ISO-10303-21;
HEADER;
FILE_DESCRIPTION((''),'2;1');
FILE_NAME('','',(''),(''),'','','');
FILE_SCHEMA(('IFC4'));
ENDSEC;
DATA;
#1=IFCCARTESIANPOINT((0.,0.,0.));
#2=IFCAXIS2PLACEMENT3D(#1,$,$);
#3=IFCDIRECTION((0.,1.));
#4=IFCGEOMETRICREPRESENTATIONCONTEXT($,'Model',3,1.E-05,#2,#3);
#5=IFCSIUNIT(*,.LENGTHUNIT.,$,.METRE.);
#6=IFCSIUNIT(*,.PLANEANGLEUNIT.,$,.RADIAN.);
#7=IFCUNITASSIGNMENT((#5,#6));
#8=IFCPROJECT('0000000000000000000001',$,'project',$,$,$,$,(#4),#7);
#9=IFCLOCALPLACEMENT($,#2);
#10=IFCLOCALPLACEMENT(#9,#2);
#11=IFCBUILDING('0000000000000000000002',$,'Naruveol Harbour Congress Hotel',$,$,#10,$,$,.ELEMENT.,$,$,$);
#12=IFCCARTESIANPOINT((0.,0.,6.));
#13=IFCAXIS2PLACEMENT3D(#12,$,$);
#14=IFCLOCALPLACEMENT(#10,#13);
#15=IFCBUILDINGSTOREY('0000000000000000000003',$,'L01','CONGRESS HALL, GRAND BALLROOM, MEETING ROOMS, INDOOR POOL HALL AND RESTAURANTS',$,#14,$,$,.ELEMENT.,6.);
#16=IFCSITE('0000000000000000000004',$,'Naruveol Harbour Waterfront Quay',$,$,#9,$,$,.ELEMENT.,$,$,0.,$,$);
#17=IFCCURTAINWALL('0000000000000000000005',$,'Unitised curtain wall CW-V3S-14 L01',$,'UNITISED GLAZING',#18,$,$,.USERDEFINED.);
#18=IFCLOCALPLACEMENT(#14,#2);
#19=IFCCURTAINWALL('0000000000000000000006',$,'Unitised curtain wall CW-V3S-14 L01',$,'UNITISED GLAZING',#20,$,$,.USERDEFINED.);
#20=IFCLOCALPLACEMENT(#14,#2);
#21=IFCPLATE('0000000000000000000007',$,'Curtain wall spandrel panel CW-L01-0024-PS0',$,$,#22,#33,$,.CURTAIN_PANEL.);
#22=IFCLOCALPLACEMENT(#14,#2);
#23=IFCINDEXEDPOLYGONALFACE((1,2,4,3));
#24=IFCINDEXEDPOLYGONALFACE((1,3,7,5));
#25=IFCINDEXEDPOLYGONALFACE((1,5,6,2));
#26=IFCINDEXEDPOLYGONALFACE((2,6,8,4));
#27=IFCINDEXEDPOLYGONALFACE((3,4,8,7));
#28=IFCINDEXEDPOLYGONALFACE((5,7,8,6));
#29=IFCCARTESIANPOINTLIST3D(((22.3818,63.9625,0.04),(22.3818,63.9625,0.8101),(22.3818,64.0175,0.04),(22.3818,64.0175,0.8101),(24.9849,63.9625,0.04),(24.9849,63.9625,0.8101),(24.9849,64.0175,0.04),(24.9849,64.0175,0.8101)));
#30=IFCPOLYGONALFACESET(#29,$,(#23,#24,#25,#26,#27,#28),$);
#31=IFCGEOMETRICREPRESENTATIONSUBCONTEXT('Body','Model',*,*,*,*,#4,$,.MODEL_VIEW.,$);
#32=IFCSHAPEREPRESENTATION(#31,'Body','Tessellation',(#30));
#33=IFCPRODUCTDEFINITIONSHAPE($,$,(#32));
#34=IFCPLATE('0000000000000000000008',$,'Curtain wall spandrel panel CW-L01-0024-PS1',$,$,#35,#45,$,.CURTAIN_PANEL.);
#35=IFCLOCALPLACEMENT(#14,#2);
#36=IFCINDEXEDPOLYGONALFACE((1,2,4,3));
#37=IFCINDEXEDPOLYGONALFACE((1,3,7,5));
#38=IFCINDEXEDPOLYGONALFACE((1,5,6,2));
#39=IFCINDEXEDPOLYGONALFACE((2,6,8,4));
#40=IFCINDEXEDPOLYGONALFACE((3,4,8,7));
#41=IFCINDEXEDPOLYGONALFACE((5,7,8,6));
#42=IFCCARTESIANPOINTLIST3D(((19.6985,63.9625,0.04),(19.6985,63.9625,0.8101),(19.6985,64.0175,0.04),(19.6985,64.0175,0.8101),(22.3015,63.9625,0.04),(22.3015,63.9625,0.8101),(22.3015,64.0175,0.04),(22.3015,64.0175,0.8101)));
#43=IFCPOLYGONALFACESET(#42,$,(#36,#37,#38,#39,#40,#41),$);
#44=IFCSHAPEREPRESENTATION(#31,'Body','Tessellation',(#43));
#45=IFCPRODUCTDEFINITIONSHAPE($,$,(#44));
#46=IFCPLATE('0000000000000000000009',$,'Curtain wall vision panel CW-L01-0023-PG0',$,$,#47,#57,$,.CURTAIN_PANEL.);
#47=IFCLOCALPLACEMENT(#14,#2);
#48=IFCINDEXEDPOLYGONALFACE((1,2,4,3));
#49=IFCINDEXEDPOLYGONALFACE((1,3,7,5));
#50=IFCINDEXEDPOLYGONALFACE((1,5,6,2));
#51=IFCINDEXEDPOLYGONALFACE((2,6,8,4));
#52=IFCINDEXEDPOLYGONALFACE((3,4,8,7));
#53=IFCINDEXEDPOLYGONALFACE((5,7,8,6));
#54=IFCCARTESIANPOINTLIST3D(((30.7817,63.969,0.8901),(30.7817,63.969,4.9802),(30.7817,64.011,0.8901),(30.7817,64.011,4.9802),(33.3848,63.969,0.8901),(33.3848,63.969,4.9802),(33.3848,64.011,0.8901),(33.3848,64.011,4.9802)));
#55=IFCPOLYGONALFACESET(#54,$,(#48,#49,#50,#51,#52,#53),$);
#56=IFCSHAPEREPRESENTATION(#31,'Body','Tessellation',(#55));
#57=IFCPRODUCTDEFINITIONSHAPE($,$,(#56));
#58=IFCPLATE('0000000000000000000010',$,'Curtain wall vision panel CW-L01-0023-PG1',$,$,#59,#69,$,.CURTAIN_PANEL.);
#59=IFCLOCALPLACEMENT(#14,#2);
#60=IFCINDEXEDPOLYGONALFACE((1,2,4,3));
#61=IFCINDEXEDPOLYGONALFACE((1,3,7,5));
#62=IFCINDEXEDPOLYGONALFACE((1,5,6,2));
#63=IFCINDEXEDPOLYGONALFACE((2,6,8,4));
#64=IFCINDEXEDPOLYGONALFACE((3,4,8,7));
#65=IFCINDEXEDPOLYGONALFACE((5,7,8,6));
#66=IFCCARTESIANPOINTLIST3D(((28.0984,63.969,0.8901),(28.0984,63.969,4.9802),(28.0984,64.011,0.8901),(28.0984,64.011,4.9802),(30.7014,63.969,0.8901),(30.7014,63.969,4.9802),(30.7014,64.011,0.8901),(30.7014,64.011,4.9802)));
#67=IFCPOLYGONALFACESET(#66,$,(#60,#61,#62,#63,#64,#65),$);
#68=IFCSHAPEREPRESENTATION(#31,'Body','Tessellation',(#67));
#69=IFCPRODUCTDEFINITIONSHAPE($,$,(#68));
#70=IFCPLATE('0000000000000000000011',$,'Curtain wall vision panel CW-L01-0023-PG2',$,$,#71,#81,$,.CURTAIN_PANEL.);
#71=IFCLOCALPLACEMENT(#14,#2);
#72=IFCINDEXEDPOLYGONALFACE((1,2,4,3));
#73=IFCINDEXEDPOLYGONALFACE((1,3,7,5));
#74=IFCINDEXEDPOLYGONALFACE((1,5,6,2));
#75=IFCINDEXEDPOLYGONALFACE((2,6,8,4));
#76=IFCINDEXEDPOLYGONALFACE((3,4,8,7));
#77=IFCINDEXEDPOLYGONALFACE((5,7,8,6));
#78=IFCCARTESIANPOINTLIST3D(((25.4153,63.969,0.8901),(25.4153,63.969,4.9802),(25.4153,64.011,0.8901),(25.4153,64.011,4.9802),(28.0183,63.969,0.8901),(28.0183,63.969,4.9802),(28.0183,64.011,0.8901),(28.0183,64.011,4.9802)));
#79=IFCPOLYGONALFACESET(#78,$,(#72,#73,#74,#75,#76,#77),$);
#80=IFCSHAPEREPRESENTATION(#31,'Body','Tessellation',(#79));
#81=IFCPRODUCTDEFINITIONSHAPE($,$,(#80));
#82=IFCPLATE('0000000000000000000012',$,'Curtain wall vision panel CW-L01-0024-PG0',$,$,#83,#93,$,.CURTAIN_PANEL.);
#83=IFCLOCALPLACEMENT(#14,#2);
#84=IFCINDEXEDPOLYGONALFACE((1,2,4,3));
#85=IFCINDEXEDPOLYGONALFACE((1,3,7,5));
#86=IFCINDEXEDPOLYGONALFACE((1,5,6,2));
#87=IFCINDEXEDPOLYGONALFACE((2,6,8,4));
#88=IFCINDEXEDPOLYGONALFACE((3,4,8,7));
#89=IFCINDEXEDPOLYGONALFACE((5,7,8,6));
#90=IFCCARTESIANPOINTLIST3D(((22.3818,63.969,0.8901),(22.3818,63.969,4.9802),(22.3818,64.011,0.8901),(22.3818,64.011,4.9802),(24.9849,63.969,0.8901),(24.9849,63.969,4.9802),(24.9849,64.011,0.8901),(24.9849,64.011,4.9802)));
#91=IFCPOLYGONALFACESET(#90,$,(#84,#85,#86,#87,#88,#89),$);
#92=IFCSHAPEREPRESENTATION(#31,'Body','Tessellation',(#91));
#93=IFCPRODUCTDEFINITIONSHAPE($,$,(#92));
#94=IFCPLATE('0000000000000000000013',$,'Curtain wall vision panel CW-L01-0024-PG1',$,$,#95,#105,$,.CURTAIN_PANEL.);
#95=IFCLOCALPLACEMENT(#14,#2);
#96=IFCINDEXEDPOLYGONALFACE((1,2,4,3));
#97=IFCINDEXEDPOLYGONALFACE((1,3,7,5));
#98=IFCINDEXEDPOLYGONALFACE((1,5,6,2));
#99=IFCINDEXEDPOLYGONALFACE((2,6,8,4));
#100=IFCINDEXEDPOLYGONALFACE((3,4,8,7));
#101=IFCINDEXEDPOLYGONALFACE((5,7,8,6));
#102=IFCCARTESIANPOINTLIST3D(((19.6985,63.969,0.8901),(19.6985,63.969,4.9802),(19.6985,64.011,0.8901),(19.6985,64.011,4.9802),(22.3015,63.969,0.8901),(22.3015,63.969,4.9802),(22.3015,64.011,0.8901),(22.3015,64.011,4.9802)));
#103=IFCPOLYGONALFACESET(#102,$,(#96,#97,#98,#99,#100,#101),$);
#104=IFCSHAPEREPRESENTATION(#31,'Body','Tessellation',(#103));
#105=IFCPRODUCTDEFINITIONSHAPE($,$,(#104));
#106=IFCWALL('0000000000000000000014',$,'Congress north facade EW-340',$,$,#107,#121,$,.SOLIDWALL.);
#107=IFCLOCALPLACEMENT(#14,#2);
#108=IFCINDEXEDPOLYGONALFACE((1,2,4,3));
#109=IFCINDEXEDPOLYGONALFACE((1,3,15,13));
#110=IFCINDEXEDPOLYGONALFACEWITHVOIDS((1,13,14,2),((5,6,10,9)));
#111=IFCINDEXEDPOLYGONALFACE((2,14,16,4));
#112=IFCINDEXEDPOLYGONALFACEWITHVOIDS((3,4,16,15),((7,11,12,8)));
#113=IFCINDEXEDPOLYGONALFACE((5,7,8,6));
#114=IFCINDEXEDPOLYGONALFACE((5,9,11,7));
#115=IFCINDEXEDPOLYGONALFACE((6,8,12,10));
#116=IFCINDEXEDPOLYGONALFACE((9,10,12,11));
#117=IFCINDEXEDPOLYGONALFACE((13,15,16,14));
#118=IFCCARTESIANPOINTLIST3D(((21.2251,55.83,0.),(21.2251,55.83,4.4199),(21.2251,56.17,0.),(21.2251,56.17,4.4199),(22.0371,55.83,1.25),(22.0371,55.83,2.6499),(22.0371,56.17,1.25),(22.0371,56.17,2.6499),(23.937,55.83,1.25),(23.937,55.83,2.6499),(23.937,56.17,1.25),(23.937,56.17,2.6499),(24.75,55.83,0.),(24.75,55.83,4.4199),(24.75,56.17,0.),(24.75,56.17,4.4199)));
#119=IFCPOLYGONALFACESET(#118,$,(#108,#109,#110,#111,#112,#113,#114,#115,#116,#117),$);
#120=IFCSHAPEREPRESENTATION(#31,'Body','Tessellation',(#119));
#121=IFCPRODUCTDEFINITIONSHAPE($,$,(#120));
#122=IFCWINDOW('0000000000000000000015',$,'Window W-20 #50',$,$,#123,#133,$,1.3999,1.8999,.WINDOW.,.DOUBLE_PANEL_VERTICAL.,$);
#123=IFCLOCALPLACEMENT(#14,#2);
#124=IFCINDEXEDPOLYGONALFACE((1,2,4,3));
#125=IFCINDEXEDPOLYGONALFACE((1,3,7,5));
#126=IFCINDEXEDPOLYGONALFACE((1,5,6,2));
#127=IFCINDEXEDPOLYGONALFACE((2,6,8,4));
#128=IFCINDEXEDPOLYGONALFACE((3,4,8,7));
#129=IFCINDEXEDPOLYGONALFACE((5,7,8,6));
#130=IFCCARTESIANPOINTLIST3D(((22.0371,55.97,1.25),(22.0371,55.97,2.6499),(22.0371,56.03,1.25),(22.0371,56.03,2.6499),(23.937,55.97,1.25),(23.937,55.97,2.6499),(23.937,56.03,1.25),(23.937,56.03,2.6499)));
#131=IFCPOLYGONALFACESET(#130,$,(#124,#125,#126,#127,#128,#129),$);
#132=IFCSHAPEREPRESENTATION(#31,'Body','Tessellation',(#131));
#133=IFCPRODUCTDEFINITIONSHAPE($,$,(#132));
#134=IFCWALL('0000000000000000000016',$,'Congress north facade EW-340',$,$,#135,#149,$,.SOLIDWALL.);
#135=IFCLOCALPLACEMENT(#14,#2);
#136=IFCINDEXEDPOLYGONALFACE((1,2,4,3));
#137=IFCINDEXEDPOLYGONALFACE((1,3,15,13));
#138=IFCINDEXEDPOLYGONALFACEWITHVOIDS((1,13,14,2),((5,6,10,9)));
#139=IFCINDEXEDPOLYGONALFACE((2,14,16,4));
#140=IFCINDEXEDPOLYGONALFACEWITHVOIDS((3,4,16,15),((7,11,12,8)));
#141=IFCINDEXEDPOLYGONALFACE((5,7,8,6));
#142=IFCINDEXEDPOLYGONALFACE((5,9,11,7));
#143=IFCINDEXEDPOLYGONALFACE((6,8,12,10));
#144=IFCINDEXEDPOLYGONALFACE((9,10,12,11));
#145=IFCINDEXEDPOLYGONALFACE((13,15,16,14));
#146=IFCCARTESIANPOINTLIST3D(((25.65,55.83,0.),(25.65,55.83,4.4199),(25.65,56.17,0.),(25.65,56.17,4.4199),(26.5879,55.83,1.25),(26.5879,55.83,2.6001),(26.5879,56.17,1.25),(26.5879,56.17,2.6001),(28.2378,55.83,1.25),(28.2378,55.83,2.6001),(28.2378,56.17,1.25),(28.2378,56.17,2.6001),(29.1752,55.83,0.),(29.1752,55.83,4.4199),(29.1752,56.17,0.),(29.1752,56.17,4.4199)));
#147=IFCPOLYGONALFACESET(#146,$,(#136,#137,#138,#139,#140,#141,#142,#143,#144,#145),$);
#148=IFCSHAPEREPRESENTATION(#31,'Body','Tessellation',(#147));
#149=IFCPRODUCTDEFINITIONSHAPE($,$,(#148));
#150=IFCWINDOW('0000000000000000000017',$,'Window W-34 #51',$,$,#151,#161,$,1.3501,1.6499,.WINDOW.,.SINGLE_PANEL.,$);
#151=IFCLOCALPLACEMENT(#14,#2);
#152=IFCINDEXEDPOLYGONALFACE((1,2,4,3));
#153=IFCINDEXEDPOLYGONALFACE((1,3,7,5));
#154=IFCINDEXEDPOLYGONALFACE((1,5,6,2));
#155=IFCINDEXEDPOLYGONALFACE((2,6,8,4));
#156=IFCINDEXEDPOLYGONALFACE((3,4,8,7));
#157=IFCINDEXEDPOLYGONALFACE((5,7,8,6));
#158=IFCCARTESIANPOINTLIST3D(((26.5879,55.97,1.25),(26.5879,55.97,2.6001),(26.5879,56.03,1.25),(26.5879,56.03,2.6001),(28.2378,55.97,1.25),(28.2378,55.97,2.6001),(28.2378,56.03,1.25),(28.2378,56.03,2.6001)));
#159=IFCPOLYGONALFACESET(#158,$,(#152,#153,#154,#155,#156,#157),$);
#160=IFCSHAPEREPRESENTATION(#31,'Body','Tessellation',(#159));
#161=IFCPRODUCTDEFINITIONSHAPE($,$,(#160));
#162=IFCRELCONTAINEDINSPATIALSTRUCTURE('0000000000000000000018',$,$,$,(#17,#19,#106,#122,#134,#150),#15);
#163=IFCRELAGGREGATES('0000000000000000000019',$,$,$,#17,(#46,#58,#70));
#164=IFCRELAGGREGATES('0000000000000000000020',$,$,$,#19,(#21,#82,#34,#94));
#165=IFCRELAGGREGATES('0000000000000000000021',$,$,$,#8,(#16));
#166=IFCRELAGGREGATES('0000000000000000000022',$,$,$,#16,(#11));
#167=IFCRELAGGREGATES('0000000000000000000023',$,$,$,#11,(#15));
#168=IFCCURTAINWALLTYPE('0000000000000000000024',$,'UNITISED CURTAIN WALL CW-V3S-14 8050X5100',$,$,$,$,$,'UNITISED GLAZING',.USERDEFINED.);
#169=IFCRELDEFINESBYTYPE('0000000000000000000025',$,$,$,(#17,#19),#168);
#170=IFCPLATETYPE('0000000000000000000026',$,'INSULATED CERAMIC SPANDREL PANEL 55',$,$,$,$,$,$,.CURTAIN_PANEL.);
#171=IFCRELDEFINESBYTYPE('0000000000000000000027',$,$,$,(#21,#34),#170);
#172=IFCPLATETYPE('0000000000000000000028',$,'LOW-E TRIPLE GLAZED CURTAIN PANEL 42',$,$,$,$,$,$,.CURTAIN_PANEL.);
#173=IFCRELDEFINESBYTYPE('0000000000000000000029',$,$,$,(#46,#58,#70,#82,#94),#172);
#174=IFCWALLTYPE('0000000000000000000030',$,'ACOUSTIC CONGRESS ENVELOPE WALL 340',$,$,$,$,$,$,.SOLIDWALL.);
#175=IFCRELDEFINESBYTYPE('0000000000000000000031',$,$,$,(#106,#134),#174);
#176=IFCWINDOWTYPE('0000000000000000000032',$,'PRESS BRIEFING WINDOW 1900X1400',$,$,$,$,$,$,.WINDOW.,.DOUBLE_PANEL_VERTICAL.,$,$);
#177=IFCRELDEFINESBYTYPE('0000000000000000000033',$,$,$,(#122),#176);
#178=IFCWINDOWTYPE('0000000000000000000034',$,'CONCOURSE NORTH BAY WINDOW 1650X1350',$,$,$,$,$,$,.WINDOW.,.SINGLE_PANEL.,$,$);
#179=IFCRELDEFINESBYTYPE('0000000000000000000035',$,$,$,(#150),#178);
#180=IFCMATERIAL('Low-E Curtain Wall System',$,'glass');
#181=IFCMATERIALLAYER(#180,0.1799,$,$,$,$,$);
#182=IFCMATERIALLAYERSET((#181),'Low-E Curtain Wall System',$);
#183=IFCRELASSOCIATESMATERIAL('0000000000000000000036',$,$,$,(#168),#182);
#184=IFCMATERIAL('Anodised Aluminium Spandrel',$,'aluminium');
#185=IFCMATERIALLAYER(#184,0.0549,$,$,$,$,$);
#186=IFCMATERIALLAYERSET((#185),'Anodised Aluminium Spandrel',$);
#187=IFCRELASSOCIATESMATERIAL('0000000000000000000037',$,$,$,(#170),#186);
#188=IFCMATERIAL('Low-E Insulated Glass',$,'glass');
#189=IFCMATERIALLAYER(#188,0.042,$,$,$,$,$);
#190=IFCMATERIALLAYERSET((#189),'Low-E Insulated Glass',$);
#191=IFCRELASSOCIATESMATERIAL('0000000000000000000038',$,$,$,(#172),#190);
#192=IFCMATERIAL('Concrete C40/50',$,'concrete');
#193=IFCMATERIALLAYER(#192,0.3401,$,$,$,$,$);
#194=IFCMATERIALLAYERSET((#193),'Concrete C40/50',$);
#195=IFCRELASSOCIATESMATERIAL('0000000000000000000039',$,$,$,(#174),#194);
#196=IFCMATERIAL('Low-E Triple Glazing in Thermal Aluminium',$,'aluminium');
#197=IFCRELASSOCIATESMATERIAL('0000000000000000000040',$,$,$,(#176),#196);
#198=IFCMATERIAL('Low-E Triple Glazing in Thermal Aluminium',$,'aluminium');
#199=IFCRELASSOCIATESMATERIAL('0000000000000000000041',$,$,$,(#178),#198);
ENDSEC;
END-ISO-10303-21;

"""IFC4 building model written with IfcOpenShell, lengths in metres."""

from ifc_helpers import new_model, si_unit, direction, frame, frame_2d, origin, origin_2d, place, context, subcontext, project, spatial, rectangle, extrude, material, layer, layer_set, type_object, element, fill, aggregate, save


model = new_model("IFC4")

# Units and contexts
model_context = context("Model", 3, precision=1e-05, world=origin(), true_north=direction((0.0, 1.0)))
body_context = subcontext(model_context, "Body", "Model", "MODEL_VIEW")
ifc_project = project(units=[si_unit("LENGTHUNIT", "METRE"), si_unit("PLANEANGLEUNIT", "RADIAN")], contexts=[model_context])

# Site, building, storey
site_placement = place(None, origin())
site = spatial("IfcSite", under=ifc_project, at=site_placement, Name="Naruveol Harbour Waterfront Quay", CompositionType="ELEMENT", RefElevation=0.0)
building_placement = place(site_placement, origin())
building = spatial("IfcBuilding", under=site, at=building_placement, Name="Naruveol Harbour Congress Hotel", CompositionType="ELEMENT")
storey_placement = place(building_placement, frame((0.0, 0.0, 6.0)))
storey = spatial("IfcBuildingStorey", under=building, at=storey_placement, Name="L01", Description="CONGRESS HALL, GRAND BALLROOM, MEETING ROOMS, INDOOR POOL HALL AND RESTAURANTS", CompositionType="ELEMENT", Elevation=6.0)

# Curtain walls, plates
ifc_material_1 = material(Name="Low-E Curtain Wall System", Category="glass")
ifc_layer_1 = layer(ifc_material_1, 0.1799)
ifc_layer_set_1 = layer_set([ifc_layer_1], Name="Low-E Curtain Wall System")
curtain_wall_type = type_object("IfcCurtainWallType", Name="UNITISED CURTAIN WALL CW-V3S-14 8050X5100", ElementType="UNITISED GLAZING", PredefinedType="USERDEFINED", material=ifc_layer_set_1)
curtain_wall_1_placement = place(storey_placement, origin())
curtain_wall_1 = element("IfcCurtainWall", 1, at=curtain_wall_1_placement, inside=storey, type_object=curtain_wall_type, Name="Unitised curtain wall CW-V3S-14 L01", ObjectType="UNITISED GLAZING", PredefinedType="USERDEFINED")
ifc_material_2 = material(Name="Anodised Aluminium Spandrel", Category="aluminium")
ifc_layer_2 = layer(ifc_material_2, 0.0549)
ifc_layer_set_2 = layer_set([ifc_layer_2], Name="Anodised Aluminium Spandrel")
plate_type_1 = type_object("IfcPlateType", Name="INSULATED CERAMIC SPANDREL PANEL 55", PredefinedType="CURTAIN_PANEL", material=ifc_layer_set_2)
curtain_wall_2_placement = place(storey_placement, origin())
curtain_wall_2 = element("IfcCurtainWall", 2, at=curtain_wall_2_placement, inside=storey, type_object=curtain_wall_type, Name="Unitised curtain wall CW-V3S-14 L01", ObjectType="UNITISED GLAZING", PredefinedType="USERDEFINED")
plate_1_placement = place(storey_placement, frame((23.6833, 63.99, 0.04), z_axis=(0.0, 0.0, 1.0), x_axis=(-1.0, 0.0, 0.0)))
plate_1 = element("IfcPlate", 3, at=plate_1_placement, type_object=plate_type_1, Name="Curtain wall spandrel panel CW-L01-0024-PS0", PredefinedType="CURTAIN_PANEL", context=body_context, shape_type="SweptSolid", body=[
    extrude(rectangle(XDim=2.603, YDim=0.0549, at=origin_2d()), origin(), (0.0, 0.0, 1.0), 0.77),
])
plate_2_placement = place(storey_placement, frame((21.0, 63.99, 0.04), z_axis=(0.0, 0.0, 1.0), x_axis=(-1.0, 0.0, 0.0)))
plate_2 = element("IfcPlate", 4, at=plate_2_placement, type_object=plate_type_1, Name="Curtain wall spandrel panel CW-L01-0024-PS1", PredefinedType="CURTAIN_PANEL", context=body_context, shape_type="SweptSolid", body=[
    extrude(rectangle(XDim=2.603, YDim=0.0549, at=origin_2d()), origin(), (0.0, 0.0, 1.0), 0.77),
])

# Plates
ifc_material_3 = material(Name="Low-E Insulated Glass", Category="glass")
ifc_layer_3 = layer(ifc_material_3, 0.042)
ifc_layer_set_3 = layer_set([ifc_layer_3], Name="Low-E Insulated Glass")
plate_type_2 = type_object("IfcPlateType", Name="LOW-E TRIPLE GLAZED CURTAIN PANEL 42", PredefinedType="CURTAIN_PANEL", material=ifc_layer_set_3)
plate_3_placement = place(storey_placement, frame((32.0833, 63.99, 0.8901), z_axis=(0.0, 0.0, 1.0), x_axis=(-1.0, 0.0, 0.0)))
plate_3 = element("IfcPlate", 5, at=plate_3_placement, type_object=plate_type_2, Name="Curtain wall vision panel CW-L01-0023-PG0", PredefinedType="CURTAIN_PANEL", context=body_context, shape_type="SweptSolid", body=[
    extrude(rectangle(XDim=2.603, YDim=0.042, at=origin_2d()), origin(), (0.0, 0.0, 1.0), 4.0901),
])
plate_4_placement = place(storey_placement, frame((29.3999, 63.99, 0.8901), z_axis=(0.0, 0.0, 1.0), x_axis=(-1.0, 0.0, 0.0)))
plate_4 = element("IfcPlate", 6, at=plate_4_placement, type_object=plate_type_2, Name="Curtain wall vision panel CW-L01-0023-PG1", PredefinedType="CURTAIN_PANEL", context=body_context, shape_type="SweptSolid", body=[
    extrude(rectangle(XDim=2.603, YDim=0.042, at=origin_2d()), origin(), (0.0, 0.0, 1.0), 4.0901),
])
plate_5_placement = place(storey_placement, frame((26.7168, 63.99, 0.8901), z_axis=(0.0, 0.0, 1.0), x_axis=(-1.0, 0.0, 0.0)))
plate_5 = element("IfcPlate", 7, at=plate_5_placement, type_object=plate_type_2, Name="Curtain wall vision panel CW-L01-0023-PG2", PredefinedType="CURTAIN_PANEL", context=body_context, shape_type="SweptSolid", body=[
    extrude(rectangle(XDim=2.603, YDim=0.042, at=origin_2d()), origin(), (0.0, 0.0, 1.0), 4.0901),
])
aggregate(curtain_wall_1, [plate_3, plate_4, plate_5])
plate_6_placement = place(storey_placement, frame((23.6833, 63.99, 0.8901), z_axis=(0.0, 0.0, 1.0), x_axis=(-1.0, 0.0, 0.0)))
plate_6 = element("IfcPlate", 8, at=plate_6_placement, type_object=plate_type_2, Name="Curtain wall vision panel CW-L01-0024-PG0", PredefinedType="CURTAIN_PANEL", context=body_context, shape_type="SweptSolid", body=[
    extrude(rectangle(XDim=2.603, YDim=0.042, at=origin_2d()), origin(), (0.0, 0.0, 1.0), 4.0901),
])
plate_7_placement = place(storey_placement, frame((21.0, 63.99, 0.8901), z_axis=(0.0, 0.0, 1.0), x_axis=(-1.0, 0.0, 0.0)))
plate_7 = element("IfcPlate", 9, at=plate_7_placement, type_object=plate_type_2, Name="Curtain wall vision panel CW-L01-0024-PG1", PredefinedType="CURTAIN_PANEL", context=body_context, shape_type="SweptSolid", body=[
    extrude(rectangle(XDim=2.603, YDim=0.042, at=origin_2d()), origin(), (0.0, 0.0, 1.0), 4.0901),
])
aggregate(curtain_wall_2, [plate_1, plate_6, plate_2, plate_7])

# Walls, openings, windows
ifc_material_4 = material(Name="Concrete C40/50", Category="concrete")
ifc_layer_4 = layer(ifc_material_4, 0.3401)
ifc_layer_set_4 = layer_set([ifc_layer_4], Name="Concrete C40/50")
wall_type_1 = type_object("IfcWallType", Name="ACOUSTIC CONGRESS ENVELOPE WALL 340", PredefinedType="SOLIDWALL", material=ifc_layer_set_4)
wall_1_placement = place(storey_placement, frame((21.2251, 56.0, 0.0), z_axis=(0.0, 0.0, 1.0), x_axis=(1.0, 0.0, 0.0)))
wall_1 = element("IfcWall", 10, at=wall_1_placement, inside=storey, type_object=wall_type_1, Name="Congress north facade EW-340", PredefinedType="SOLIDWALL", context=body_context, shape_type="SweptSolid", body=[
    extrude(rectangle(XDim=3.5249, YDim=0.3401, at=frame_2d((1.7625, 0.0))), origin(), (0.0, 0.0, 1.0), 4.4199),
])
opening_1_placement = place(wall_1_placement, frame((0.812, 0.0, 1.25)))
opening_1 = element("IfcOpeningElement", 11, at=opening_1_placement, cuts=wall_1, PredefinedType="OPENING", context=body_context, shape_type="SweptSolid", body=[
    extrude(rectangle(XDim=1.8999, YDim=1.3999, at=frame_2d((0.95, 0.7))), frame((0.0, 0.1799, 0.0), z_axis=(0.0, -1.0, 0.0), x_axis=(1.0, 0.0, 0.0)), (0.0, 0.0, 1.0), 0.3601),
])
ifc_material_5 = material(Name="Low-E Triple Glazing in Thermal Aluminium", Category="aluminium")
window_type_1 = type_object("IfcWindowType", Name="PRESS BRIEFING WINDOW 1900X1400", PartitioningType="DOUBLE_PANEL_VERTICAL", PredefinedType="WINDOW", material=ifc_material_5)
window_1_placement = place(opening_1_placement, origin())
window_1 = element("IfcWindow", 12, at=window_1_placement, inside=storey, type_object=window_type_1, Name="Window W-20 #50", OverallHeight=1.3999, OverallWidth=1.8999, PartitioningType="DOUBLE_PANEL_VERTICAL", PredefinedType="WINDOW", context=body_context, shape_type="SweptSolid", body=[
    extrude(rectangle(XDim=1.8999, YDim=1.3999, at=frame_2d((0.95, 0.7))), frame((0.0, 0.03, 0.0), z_axis=(0.0, -1.0, 0.0), x_axis=(1.0, 0.0, 0.0)), (0.0, 0.0, 1.0), 0.0601),
])
fill(opening_1, window_1)
wall_2_placement = place(storey_placement, frame((25.6499, 56.0, 0.0), z_axis=(0.0, 0.0, 1.0), x_axis=(1.0, 0.0, 0.0)))
wall_2 = element("IfcWall", 13, at=wall_2_placement, inside=storey, type_object=wall_type_1, Name="Congress north facade EW-340", PredefinedType="SOLIDWALL", context=body_context, shape_type="SweptSolid", body=[
    extrude(rectangle(XDim=3.5251, YDim=0.3401, at=frame_2d((1.7627, 0.0))), origin(), (0.0, 0.0, 1.0), 4.4199),
])
opening_2_placement = place(wall_2_placement, frame((0.938, 0.0, 1.25)))
opening_2 = element("IfcOpeningElement", 14, at=opening_2_placement, cuts=wall_2, PredefinedType="OPENING", context=body_context, shape_type="SweptSolid", body=[
    extrude(rectangle(XDim=1.6499, YDim=1.3501, at=frame_2d((0.825, 0.675))), frame((0.0, 0.1799, 0.0), z_axis=(0.0, -1.0, 0.0), x_axis=(1.0, 0.0, 0.0)), (0.0, 0.0, 1.0), 0.3601),
])
ifc_material_6 = material(Name="Low-E Triple Glazing in Thermal Aluminium", Category="aluminium")
window_type_2 = type_object("IfcWindowType", Name="CONCOURSE NORTH BAY WINDOW 1650X1350", PartitioningType="SINGLE_PANEL", PredefinedType="WINDOW", material=ifc_material_6)
window_2_placement = place(opening_2_placement, origin())
window_2 = element("IfcWindow", 15, at=window_2_placement, inside=storey, type_object=window_type_2, Name="Window W-34 #51", OverallHeight=1.3501, OverallWidth=1.6499, PartitioningType="SINGLE_PANEL", PredefinedType="WINDOW", context=body_context, shape_type="SweptSolid", body=[
    extrude(rectangle(XDim=1.6499, YDim=1.3501, at=frame_2d((0.825, 0.675))), frame((0.0, 0.03, 0.0), z_axis=(0.0, -1.0, 0.0), x_axis=(1.0, 0.0, 0.0)), (0.0, 0.0, 1.0), 0.0601),
])
fill(opening_2, window_2)

save(model, "model.ifc")
